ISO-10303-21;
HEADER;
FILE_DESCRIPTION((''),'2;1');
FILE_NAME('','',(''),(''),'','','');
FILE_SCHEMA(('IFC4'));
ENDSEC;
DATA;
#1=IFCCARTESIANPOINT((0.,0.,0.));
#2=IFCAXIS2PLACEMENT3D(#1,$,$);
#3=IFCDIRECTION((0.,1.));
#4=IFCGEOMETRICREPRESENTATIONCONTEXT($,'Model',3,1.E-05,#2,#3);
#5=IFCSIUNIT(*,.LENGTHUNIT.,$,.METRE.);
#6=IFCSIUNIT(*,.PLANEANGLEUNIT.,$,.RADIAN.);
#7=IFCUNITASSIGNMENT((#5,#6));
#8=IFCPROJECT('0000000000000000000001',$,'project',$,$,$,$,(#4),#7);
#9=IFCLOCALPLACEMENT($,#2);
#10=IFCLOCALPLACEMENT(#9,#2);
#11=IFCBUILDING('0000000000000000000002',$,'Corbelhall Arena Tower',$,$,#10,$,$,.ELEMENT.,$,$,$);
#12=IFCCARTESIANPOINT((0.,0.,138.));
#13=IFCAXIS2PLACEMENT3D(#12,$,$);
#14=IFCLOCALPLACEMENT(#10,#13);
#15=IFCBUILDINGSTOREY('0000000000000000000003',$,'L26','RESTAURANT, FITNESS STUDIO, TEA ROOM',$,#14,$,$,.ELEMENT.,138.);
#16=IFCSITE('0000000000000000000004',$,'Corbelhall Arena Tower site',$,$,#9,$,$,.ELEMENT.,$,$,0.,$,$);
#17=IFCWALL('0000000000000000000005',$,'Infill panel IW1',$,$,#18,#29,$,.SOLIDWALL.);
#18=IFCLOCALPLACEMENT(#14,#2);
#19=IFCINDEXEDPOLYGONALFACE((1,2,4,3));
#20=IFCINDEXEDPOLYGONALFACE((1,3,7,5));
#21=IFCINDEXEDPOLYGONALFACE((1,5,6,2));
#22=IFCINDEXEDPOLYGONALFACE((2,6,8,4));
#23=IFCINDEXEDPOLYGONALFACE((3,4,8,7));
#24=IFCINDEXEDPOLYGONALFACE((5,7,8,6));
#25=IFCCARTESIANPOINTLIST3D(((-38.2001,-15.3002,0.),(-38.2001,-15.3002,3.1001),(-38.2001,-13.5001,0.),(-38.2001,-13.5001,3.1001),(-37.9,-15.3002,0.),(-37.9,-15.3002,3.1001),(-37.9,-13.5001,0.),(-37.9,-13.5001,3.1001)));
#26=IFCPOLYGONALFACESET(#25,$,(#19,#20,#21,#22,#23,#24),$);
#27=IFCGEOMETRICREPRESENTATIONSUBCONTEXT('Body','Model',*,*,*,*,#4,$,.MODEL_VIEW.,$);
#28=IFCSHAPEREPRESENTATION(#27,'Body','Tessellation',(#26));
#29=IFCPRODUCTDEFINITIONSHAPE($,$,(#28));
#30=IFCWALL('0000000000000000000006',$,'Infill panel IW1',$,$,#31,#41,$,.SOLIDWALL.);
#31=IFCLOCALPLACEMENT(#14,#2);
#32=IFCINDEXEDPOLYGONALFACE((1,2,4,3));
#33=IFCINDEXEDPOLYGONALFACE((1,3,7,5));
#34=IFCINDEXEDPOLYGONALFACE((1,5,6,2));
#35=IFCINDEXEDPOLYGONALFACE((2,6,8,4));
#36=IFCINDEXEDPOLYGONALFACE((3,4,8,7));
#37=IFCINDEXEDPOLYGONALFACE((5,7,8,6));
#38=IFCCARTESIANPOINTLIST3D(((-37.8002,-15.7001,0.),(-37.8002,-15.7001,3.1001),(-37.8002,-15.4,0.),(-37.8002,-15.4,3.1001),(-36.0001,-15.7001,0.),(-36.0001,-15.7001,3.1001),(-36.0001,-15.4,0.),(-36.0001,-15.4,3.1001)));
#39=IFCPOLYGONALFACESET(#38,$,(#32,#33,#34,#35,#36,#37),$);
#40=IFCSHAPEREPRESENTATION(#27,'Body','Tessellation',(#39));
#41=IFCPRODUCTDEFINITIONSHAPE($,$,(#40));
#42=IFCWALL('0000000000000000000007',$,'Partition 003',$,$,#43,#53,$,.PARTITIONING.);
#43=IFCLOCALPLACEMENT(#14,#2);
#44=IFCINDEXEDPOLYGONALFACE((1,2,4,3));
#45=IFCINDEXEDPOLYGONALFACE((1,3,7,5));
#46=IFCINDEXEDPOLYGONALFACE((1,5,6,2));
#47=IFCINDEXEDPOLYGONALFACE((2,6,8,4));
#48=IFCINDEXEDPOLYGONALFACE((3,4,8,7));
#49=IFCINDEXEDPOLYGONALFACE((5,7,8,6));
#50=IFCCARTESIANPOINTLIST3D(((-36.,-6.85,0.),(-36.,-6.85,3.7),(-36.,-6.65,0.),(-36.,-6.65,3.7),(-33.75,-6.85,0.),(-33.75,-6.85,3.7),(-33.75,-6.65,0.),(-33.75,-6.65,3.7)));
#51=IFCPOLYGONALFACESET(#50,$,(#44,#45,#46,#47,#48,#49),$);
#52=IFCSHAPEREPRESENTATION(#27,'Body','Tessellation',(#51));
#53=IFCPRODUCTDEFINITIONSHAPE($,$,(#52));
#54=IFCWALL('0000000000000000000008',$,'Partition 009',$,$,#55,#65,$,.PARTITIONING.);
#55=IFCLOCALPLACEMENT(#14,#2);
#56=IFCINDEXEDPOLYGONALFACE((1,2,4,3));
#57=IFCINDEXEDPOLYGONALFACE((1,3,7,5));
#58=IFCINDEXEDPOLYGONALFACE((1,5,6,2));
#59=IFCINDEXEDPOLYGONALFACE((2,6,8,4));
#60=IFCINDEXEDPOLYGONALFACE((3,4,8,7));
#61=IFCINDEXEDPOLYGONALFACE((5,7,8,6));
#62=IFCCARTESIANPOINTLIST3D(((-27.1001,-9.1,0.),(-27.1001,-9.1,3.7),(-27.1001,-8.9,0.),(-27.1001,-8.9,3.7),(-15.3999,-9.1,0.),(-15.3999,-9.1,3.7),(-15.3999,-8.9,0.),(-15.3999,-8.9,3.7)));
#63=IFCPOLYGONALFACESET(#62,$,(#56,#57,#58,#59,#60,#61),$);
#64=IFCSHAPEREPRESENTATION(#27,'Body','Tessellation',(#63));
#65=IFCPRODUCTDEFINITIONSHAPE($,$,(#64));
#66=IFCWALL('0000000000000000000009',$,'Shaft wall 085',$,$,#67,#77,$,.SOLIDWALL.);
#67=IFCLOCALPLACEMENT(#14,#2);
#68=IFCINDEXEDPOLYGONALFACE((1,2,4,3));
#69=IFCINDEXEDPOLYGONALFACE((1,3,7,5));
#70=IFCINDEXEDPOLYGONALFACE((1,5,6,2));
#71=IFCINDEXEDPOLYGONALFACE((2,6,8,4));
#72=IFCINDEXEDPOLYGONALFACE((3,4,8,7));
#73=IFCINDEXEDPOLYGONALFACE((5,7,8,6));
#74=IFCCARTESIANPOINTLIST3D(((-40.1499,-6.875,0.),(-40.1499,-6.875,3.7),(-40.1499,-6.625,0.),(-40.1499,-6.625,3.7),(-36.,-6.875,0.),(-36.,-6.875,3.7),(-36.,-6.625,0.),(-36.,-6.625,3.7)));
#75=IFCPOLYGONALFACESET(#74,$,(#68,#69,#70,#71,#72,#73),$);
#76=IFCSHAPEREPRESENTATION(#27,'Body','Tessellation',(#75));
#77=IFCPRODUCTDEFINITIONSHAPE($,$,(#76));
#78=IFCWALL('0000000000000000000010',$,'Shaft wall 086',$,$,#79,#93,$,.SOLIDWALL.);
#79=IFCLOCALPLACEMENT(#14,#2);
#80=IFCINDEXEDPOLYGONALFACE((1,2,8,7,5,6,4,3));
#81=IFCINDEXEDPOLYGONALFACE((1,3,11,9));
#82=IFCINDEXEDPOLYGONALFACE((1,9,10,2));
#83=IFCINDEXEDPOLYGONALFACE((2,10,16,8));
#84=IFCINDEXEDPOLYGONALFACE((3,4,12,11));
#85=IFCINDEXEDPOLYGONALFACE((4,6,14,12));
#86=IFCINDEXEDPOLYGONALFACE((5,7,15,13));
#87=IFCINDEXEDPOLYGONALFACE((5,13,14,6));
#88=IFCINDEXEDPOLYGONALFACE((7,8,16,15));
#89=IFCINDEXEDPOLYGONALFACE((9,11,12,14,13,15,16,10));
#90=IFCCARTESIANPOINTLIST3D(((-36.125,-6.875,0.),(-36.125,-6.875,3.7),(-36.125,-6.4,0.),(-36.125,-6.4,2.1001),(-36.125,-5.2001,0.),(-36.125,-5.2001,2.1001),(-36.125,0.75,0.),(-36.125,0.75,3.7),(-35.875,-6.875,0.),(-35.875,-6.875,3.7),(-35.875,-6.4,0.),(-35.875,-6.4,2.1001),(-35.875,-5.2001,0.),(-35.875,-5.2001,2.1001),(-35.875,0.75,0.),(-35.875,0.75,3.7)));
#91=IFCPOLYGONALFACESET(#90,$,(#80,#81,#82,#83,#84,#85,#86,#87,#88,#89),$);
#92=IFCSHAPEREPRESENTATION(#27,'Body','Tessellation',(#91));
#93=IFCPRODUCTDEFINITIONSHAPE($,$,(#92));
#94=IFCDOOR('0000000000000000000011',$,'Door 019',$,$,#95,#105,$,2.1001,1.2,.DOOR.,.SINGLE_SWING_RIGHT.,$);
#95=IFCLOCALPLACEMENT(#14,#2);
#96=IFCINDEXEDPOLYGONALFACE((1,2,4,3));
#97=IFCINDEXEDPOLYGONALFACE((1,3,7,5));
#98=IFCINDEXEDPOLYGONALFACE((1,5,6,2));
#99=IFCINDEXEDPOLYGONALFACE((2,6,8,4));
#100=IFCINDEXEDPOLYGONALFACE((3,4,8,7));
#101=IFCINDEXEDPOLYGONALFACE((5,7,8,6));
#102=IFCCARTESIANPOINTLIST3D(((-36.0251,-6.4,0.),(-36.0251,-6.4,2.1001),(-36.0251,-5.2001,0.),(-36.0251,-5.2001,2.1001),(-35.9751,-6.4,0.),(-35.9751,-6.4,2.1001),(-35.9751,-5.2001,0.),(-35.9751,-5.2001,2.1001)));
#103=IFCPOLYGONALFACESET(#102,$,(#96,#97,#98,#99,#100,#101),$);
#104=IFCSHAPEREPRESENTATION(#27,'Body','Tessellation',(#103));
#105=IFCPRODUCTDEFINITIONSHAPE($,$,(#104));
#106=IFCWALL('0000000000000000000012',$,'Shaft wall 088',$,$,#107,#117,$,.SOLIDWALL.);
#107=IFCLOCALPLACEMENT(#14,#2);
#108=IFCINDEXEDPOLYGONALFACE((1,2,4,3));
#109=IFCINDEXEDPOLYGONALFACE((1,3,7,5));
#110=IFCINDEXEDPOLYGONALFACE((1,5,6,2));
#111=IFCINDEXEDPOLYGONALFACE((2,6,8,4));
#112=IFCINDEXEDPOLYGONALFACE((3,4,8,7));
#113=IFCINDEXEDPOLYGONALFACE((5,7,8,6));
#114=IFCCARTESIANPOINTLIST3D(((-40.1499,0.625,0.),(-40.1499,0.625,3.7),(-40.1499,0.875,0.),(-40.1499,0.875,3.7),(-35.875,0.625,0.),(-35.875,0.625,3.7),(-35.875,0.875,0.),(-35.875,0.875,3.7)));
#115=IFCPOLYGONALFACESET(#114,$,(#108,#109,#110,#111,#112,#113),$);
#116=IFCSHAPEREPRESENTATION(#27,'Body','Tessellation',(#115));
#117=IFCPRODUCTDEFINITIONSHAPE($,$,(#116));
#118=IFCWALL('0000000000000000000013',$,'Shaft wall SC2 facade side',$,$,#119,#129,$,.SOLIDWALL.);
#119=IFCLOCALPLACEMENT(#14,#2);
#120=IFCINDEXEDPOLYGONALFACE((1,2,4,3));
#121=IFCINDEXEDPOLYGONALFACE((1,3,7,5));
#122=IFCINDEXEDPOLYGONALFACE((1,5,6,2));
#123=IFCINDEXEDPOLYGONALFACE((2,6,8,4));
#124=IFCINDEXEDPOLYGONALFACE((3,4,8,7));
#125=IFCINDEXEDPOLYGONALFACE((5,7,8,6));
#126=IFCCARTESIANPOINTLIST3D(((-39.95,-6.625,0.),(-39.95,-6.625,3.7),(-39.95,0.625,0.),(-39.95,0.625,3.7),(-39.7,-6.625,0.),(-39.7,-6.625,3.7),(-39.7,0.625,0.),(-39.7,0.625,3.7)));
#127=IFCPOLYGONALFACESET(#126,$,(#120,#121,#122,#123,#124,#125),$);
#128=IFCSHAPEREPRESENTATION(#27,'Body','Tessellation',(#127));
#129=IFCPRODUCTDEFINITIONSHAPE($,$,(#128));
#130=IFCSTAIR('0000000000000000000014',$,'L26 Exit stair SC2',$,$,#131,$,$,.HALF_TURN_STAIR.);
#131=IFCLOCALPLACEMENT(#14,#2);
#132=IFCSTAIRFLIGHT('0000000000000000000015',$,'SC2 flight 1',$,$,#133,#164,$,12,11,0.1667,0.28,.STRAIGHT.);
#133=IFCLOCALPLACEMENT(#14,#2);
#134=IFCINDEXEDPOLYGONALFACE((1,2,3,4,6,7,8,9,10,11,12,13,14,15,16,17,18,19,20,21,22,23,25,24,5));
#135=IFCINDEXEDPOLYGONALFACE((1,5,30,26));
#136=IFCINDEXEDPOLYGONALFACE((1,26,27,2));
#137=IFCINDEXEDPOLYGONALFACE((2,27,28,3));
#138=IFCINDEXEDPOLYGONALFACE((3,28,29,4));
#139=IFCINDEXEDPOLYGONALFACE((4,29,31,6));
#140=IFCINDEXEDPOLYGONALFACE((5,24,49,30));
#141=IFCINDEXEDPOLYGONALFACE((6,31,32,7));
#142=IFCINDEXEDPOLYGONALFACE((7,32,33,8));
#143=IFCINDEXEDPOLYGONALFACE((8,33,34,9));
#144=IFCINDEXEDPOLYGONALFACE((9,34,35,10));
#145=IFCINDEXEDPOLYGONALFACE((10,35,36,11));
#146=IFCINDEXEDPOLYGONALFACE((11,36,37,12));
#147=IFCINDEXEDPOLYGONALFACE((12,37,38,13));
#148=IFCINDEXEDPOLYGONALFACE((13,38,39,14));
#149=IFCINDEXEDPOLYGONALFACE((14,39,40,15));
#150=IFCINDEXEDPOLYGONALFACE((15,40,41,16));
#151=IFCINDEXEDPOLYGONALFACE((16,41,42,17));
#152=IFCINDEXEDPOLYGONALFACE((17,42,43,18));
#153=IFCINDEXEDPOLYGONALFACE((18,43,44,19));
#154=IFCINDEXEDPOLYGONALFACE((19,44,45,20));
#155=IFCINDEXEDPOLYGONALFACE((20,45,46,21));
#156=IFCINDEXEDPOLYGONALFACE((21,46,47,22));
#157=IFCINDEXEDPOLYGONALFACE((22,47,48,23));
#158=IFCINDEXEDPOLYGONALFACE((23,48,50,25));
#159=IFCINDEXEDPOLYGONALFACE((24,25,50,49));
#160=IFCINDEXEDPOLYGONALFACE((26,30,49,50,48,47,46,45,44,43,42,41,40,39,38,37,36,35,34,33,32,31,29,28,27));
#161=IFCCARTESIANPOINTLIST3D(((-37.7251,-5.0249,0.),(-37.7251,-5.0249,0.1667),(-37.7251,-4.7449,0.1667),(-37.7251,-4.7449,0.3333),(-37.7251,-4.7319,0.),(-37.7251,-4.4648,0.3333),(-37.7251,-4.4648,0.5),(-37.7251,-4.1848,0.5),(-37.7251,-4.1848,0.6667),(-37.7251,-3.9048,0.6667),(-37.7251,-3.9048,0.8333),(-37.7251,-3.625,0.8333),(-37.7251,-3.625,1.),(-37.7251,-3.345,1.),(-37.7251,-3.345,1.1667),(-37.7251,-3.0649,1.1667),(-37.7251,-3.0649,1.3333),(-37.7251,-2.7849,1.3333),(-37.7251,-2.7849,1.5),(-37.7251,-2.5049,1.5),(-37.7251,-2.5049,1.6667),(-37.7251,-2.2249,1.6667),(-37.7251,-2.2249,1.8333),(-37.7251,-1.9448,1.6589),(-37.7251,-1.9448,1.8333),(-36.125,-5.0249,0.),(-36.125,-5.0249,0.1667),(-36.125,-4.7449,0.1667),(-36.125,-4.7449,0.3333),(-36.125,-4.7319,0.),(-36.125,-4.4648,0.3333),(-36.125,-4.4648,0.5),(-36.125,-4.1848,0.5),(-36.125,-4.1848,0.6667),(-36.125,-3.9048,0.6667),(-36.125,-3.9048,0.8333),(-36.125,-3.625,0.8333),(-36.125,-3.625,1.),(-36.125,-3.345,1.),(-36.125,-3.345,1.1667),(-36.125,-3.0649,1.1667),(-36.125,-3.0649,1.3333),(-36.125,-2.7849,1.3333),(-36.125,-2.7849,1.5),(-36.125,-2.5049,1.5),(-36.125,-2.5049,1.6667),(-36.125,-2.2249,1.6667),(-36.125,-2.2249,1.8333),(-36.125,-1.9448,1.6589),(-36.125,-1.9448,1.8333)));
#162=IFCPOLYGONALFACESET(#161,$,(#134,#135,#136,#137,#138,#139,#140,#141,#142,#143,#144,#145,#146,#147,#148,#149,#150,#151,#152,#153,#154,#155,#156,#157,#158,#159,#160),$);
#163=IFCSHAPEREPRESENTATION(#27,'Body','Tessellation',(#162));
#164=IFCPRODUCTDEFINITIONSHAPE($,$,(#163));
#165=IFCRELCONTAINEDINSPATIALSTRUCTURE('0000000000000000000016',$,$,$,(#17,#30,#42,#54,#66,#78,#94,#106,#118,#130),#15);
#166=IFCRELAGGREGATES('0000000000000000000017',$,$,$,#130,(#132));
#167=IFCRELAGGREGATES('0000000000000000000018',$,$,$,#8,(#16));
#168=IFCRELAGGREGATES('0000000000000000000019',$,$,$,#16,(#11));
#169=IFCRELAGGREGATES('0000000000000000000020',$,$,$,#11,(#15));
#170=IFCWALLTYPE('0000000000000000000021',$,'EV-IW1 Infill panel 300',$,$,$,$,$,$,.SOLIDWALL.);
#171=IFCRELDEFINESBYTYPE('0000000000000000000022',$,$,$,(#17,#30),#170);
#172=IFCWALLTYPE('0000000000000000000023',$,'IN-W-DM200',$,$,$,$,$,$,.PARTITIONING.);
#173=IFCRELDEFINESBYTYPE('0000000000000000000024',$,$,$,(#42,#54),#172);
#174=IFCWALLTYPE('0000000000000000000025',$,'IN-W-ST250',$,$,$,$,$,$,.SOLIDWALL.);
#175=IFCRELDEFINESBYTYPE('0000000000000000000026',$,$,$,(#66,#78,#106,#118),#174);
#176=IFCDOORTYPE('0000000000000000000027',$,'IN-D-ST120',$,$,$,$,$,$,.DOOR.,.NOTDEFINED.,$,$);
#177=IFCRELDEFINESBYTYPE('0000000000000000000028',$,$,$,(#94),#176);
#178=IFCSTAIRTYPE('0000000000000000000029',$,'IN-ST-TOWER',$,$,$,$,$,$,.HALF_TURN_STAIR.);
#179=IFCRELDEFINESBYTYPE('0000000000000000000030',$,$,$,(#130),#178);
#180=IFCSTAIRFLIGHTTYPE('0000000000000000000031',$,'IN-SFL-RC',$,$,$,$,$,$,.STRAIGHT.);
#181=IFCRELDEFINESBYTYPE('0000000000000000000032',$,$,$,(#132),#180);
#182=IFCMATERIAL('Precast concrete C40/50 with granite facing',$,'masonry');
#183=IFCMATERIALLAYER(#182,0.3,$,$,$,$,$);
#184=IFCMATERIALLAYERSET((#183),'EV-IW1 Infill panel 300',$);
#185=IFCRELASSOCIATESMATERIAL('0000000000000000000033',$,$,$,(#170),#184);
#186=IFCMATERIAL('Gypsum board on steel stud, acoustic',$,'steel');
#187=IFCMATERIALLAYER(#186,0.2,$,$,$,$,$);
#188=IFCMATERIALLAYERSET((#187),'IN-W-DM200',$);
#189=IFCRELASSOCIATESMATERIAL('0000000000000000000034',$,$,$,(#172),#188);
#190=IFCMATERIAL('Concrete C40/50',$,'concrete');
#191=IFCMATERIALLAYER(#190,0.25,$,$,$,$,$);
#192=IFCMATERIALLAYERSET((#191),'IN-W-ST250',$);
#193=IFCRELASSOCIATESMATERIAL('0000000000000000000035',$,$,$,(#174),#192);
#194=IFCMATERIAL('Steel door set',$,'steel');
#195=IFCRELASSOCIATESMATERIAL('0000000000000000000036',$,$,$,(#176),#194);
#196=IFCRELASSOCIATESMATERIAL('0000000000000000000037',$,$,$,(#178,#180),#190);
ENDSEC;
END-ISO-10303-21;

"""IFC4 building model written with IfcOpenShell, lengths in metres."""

from ifc_helpers import new_model, si_unit, direction, frame, frame_2d, origin, place, context, subcontext, project, spatial, polyline, rectangle, outline, extrude, material, layer, layer_set, type_object, element, fill, aggregate, save


model = new_model("IFC4")

# Units and contexts
model_context = context("Model", 3, precision=1e-05, world=origin(), true_north=direction((0.0, 1.0)))
body_context = subcontext(model_context, "Body", "Model", "MODEL_VIEW")
ifc_project = project(units=[si_unit("LENGTHUNIT", "METRE"), si_unit("PLANEANGLEUNIT", "RADIAN")], contexts=[model_context])

# Site, building, storey
site_placement = place(None, origin())
site = spatial("IfcSite", under=ifc_project, at=site_placement, Name="Corbelhall Arena Tower site", CompositionType="ELEMENT", RefElevation=0.0)
building_placement = place(site_placement, origin())
building = spatial("IfcBuilding", under=site, at=building_placement, Name="Corbelhall Arena Tower", CompositionType="ELEMENT")
storey_placement = place(building_placement, frame((0.0, 0.0, 138.0)))
storey = spatial("IfcBuildingStorey", under=building, at=storey_placement, Name="L26", Description="RESTAURANT, FITNESS STUDIO, TEA ROOM", CompositionType="ELEMENT", Elevation=138.0)

# Walls
ifc_material_1 = material(Name="Precast concrete C40/50 with granite facing", Category="masonry")
ifc_layer_1 = layer(ifc_material_1, 0.3)
ifc_layer_set_1 = layer_set([ifc_layer_1], Name="EV-IW1 Infill panel 300")
wall_type_1 = type_object("IfcWallType", Name="EV-IW1 Infill panel 300", PredefinedType="SOLIDWALL", material=ifc_layer_set_1)
for number, where, z_axis, x_axis, name in (
    (1, (-38.05, -15.3, 0.0), (0.0, 0.0, 1.0), (0.0, 1.0, 0.0), "Infill panel IW1"),
    (2, (-37.8, -15.55, 0.0), (0.0, 0.0, 1.0), (1.0, 0.0, 0.0), "Infill panel IW1"),
):
    element("IfcWall", number, at=place(storey_placement, frame(where, z_axis=z_axis, x_axis=x_axis)), inside=storey, type_object=wall_type_1, Name=name, PredefinedType="SOLIDWALL", context=body_context, shape_type="SweptSolid", body=[
        extrude(rectangle(XDim=1.8, YDim=0.3, at=frame_2d((0.8999, 0.0))), origin(), (0.0, 0.0, 1.0), 3.1001),
    ])

# Walls
ifc_material_2 = material(Name="Gypsum board on steel stud, acoustic", Category="steel")
ifc_layer_2 = layer(ifc_material_2, 0.2)
ifc_layer_set_2 = layer_set([ifc_layer_2], Name="IN-W-DM200")
wall_type_2 = type_object("IfcWallType", Name="IN-W-DM200", PredefinedType="PARTITIONING", material=ifc_layer_set_2)
wall_1_placement = place(storey_placement, frame((-33.75, -6.75, 0.0), z_axis=(0.0, 0.0, 1.0), x_axis=(-1.0, 0.0, 0.0)))
element("IfcWall", 3, at=wall_1_placement, inside=storey, type_object=wall_type_2, Name="Partition 003", PredefinedType="PARTITIONING", context=body_context, shape_type="SweptSolid", body=[
    extrude(rectangle(XDim=2.25, YDim=0.2, at=frame_2d((1.125, 0.0))), origin(), (0.0, 0.0, 1.0), 3.7),
])
wall_2_placement = place(storey_placement, frame((-27.1001, -9.0, 0.0), z_axis=(0.0, 0.0, 1.0), x_axis=(1.0, 0.0, 0.0)))
element("IfcWall", 4, at=wall_2_placement, inside=storey, type_object=wall_type_2, Name="Partition 009", PredefinedType="PARTITIONING", context=body_context, shape_type="SweptSolid", body=[
    extrude(rectangle(XDim=11.7002, YDim=0.2, at=frame_2d((5.8501, 0.0))), origin(), (0.0, 0.0, 1.0), 3.7),
])
ifc_material_3 = material(Name="Concrete C40/50", Category="concrete")
ifc_layer_3 = layer(ifc_material_3, 0.25)
ifc_layer_set_3 = layer_set([ifc_layer_3], Name="IN-W-ST250")
wall_type_3 = type_object("IfcWallType", Name="IN-W-ST250", PredefinedType="SOLIDWALL", material=ifc_layer_set_3)
wall_3_placement = place(storey_placement, frame((-36.0, -6.75, 0.0), z_axis=(0.0, 0.0, 1.0), x_axis=(-1.0, 0.0, 0.0)))
element("IfcWall", 5, at=wall_3_placement, inside=storey, type_object=wall_type_3, Name="Shaft wall 085", PredefinedType="SOLIDWALL", context=body_context, shape_type="SweptSolid", body=[
    extrude(rectangle(XDim=4.1499, YDim=0.25, at=frame_2d((2.075, 0.0))), origin(), (0.0, 0.0, 1.0), 3.7),
])

# Wall, opening, door
wall_4_placement = place(storey_placement, frame((-36.0, 0.75, 0.0), z_axis=(0.0, 0.0, 1.0), x_axis=(0.0, -1.0, 0.0)))
wall_4 = element("IfcWall", 6, at=wall_4_placement, inside=storey, type_object=wall_type_3, Name="Shaft wall 086", PredefinedType="SOLIDWALL", context=body_context, shape_type="SweptSolid", body=[
    extrude(rectangle(XDim=7.625, YDim=0.25, at=frame_2d((3.8125, 0.0))), origin(), (0.0, 0.0, 1.0), 3.7),
])
opening_1_placement = place(wall_4_placement, frame((5.95, 0.0, 0.0)))
opening_1 = element("IfcOpeningElement", 7, at=opening_1_placement, cuts=wall_4, PredefinedType="OPENING", context=body_context, shape_type="SweptSolid", body=[
    extrude(rectangle(XDim=1.2, YDim=2.1001, at=frame_2d((0.6001, 1.05))), frame((0.0, 0.125, 0.0), z_axis=(0.0, -1.0, 0.0), x_axis=(1.0, 0.0, 0.0)), (0.0, 0.0, 1.0), 0.25),
])
ifc_material_4 = material(Name="Steel door set", Category="steel")
door_type = type_object("IfcDoorType", Name="IN-D-ST120", OperationType="NOTDEFINED", PredefinedType="DOOR", material=ifc_material_4)
door_placement = place(opening_1_placement, origin())
door = element("IfcDoor", 8, at=door_placement, inside=storey, type_object=door_type, Name="Door 019", OperationType="SINGLE_SWING_RIGHT", OverallHeight=2.1001, OverallWidth=1.2, PredefinedType="DOOR", context=body_context, shape_type="SweptSolid", body=[
    extrude(rectangle(XDim=1.2, YDim=2.1001, at=frame_2d((0.6001, 1.05))), frame((0.0, 0.0249, 0.0), z_axis=(0.0, -1.0, 0.0), x_axis=(1.0, 0.0, 0.0)), (0.0, 0.0, 1.0), 0.05),
])
fill(opening_1, door)

# Walls
wall_5_placement = place(storey_placement, frame((-35.875, 0.75, 0.0), z_axis=(0.0, 0.0, 1.0), x_axis=(-1.0, 0.0, 0.0)))
element("IfcWall", 9, at=wall_5_placement, inside=storey, type_object=wall_type_3, Name="Shaft wall 088", PredefinedType="SOLIDWALL", context=body_context, shape_type="SweptSolid", body=[
    extrude(rectangle(XDim=4.2749, YDim=0.25, at=frame_2d((2.1375, 0.0))), origin(), (0.0, 0.0, 1.0), 3.7),
])
wall_6_placement = place(storey_placement, frame((-39.825, -6.625, 0.0), z_axis=(0.0, 0.0, 1.0), x_axis=(0.0, 1.0, 0.0)))
element("IfcWall", 10, at=wall_6_placement, inside=storey, type_object=wall_type_3, Name="Shaft wall SC2 facade side", PredefinedType="SOLIDWALL", context=body_context, shape_type="SweptSolid", body=[
    extrude(rectangle(XDim=7.25, YDim=0.25, at=frame_2d((3.625, 0.0))), origin(), (0.0, 0.0, 1.0), 3.7),
])

# Stair, stair flight
stair_type = type_object("IfcStairType", Name="IN-ST-TOWER", PredefinedType="HALF_TURN_STAIR", material=ifc_material_3)
stair_placement = place(storey_placement, origin())
stair = element("IfcStair", 11, at=stair_placement, inside=storey, type_object=stair_type, Name="L26 Exit stair SC2", PredefinedType="HALF_TURN_STAIR")
stair_flight_type = type_object("IfcStairFlightType", Name="IN-SFL-RC", PredefinedType="STRAIGHT", material=ifc_material_3)
stair_flight_1_placement = place(storey_placement, frame((-36.925, -5.0249, 0.0), z_axis=(0.0, 0.0, 1.0), x_axis=(0.0, 1.0, 0.0)))
stair_flight_1 = element("IfcStairFlight", 12, at=stair_flight_1_placement, type_object=stair_flight_type, Name="SC2 flight 1", NumberOfRisers=12, NumberOfTreads=11, PredefinedType="STRAIGHT", RiserHeight=0.1667, TreadLength=0.28, context=body_context, shape_type="SweptSolid", body=[
    extrude(outline(polyline([(0.0, 0.0), (0.0, 0.1667), (0.28, 0.1667), (0.28, 0.3333), (0.5601, 0.3333), (0.5601, 0.5), (0.8401, 0.5), (0.8401, 0.6667), (1.1201, 0.6667), (1.1201, 0.8333), (1.3999, 0.8333), (1.3999, 1.0), (1.6799, 1.0), (1.6799, 1.1667), (1.96, 1.1667), (1.96, 1.3333), (2.24, 1.3333), (2.24, 1.5), (2.52, 1.5), (2.52, 1.6667), (2.8, 1.6667), (2.8, 1.8333), (3.0801, 1.8333), (3.0801, 2.0), (3.0801, 1.6589), (0.293, 0.0), (0.0, 0.0)])), frame((0.0, 0.8, 0.0), z_axis=(0.0, -1.0, 0.0), x_axis=(1.0, 0.0, 0.0)), (0.0, 0.0, 1.0), 1.6001),
])
aggregate(stair, [stair_flight_1])

save(model, "model.ifc")
